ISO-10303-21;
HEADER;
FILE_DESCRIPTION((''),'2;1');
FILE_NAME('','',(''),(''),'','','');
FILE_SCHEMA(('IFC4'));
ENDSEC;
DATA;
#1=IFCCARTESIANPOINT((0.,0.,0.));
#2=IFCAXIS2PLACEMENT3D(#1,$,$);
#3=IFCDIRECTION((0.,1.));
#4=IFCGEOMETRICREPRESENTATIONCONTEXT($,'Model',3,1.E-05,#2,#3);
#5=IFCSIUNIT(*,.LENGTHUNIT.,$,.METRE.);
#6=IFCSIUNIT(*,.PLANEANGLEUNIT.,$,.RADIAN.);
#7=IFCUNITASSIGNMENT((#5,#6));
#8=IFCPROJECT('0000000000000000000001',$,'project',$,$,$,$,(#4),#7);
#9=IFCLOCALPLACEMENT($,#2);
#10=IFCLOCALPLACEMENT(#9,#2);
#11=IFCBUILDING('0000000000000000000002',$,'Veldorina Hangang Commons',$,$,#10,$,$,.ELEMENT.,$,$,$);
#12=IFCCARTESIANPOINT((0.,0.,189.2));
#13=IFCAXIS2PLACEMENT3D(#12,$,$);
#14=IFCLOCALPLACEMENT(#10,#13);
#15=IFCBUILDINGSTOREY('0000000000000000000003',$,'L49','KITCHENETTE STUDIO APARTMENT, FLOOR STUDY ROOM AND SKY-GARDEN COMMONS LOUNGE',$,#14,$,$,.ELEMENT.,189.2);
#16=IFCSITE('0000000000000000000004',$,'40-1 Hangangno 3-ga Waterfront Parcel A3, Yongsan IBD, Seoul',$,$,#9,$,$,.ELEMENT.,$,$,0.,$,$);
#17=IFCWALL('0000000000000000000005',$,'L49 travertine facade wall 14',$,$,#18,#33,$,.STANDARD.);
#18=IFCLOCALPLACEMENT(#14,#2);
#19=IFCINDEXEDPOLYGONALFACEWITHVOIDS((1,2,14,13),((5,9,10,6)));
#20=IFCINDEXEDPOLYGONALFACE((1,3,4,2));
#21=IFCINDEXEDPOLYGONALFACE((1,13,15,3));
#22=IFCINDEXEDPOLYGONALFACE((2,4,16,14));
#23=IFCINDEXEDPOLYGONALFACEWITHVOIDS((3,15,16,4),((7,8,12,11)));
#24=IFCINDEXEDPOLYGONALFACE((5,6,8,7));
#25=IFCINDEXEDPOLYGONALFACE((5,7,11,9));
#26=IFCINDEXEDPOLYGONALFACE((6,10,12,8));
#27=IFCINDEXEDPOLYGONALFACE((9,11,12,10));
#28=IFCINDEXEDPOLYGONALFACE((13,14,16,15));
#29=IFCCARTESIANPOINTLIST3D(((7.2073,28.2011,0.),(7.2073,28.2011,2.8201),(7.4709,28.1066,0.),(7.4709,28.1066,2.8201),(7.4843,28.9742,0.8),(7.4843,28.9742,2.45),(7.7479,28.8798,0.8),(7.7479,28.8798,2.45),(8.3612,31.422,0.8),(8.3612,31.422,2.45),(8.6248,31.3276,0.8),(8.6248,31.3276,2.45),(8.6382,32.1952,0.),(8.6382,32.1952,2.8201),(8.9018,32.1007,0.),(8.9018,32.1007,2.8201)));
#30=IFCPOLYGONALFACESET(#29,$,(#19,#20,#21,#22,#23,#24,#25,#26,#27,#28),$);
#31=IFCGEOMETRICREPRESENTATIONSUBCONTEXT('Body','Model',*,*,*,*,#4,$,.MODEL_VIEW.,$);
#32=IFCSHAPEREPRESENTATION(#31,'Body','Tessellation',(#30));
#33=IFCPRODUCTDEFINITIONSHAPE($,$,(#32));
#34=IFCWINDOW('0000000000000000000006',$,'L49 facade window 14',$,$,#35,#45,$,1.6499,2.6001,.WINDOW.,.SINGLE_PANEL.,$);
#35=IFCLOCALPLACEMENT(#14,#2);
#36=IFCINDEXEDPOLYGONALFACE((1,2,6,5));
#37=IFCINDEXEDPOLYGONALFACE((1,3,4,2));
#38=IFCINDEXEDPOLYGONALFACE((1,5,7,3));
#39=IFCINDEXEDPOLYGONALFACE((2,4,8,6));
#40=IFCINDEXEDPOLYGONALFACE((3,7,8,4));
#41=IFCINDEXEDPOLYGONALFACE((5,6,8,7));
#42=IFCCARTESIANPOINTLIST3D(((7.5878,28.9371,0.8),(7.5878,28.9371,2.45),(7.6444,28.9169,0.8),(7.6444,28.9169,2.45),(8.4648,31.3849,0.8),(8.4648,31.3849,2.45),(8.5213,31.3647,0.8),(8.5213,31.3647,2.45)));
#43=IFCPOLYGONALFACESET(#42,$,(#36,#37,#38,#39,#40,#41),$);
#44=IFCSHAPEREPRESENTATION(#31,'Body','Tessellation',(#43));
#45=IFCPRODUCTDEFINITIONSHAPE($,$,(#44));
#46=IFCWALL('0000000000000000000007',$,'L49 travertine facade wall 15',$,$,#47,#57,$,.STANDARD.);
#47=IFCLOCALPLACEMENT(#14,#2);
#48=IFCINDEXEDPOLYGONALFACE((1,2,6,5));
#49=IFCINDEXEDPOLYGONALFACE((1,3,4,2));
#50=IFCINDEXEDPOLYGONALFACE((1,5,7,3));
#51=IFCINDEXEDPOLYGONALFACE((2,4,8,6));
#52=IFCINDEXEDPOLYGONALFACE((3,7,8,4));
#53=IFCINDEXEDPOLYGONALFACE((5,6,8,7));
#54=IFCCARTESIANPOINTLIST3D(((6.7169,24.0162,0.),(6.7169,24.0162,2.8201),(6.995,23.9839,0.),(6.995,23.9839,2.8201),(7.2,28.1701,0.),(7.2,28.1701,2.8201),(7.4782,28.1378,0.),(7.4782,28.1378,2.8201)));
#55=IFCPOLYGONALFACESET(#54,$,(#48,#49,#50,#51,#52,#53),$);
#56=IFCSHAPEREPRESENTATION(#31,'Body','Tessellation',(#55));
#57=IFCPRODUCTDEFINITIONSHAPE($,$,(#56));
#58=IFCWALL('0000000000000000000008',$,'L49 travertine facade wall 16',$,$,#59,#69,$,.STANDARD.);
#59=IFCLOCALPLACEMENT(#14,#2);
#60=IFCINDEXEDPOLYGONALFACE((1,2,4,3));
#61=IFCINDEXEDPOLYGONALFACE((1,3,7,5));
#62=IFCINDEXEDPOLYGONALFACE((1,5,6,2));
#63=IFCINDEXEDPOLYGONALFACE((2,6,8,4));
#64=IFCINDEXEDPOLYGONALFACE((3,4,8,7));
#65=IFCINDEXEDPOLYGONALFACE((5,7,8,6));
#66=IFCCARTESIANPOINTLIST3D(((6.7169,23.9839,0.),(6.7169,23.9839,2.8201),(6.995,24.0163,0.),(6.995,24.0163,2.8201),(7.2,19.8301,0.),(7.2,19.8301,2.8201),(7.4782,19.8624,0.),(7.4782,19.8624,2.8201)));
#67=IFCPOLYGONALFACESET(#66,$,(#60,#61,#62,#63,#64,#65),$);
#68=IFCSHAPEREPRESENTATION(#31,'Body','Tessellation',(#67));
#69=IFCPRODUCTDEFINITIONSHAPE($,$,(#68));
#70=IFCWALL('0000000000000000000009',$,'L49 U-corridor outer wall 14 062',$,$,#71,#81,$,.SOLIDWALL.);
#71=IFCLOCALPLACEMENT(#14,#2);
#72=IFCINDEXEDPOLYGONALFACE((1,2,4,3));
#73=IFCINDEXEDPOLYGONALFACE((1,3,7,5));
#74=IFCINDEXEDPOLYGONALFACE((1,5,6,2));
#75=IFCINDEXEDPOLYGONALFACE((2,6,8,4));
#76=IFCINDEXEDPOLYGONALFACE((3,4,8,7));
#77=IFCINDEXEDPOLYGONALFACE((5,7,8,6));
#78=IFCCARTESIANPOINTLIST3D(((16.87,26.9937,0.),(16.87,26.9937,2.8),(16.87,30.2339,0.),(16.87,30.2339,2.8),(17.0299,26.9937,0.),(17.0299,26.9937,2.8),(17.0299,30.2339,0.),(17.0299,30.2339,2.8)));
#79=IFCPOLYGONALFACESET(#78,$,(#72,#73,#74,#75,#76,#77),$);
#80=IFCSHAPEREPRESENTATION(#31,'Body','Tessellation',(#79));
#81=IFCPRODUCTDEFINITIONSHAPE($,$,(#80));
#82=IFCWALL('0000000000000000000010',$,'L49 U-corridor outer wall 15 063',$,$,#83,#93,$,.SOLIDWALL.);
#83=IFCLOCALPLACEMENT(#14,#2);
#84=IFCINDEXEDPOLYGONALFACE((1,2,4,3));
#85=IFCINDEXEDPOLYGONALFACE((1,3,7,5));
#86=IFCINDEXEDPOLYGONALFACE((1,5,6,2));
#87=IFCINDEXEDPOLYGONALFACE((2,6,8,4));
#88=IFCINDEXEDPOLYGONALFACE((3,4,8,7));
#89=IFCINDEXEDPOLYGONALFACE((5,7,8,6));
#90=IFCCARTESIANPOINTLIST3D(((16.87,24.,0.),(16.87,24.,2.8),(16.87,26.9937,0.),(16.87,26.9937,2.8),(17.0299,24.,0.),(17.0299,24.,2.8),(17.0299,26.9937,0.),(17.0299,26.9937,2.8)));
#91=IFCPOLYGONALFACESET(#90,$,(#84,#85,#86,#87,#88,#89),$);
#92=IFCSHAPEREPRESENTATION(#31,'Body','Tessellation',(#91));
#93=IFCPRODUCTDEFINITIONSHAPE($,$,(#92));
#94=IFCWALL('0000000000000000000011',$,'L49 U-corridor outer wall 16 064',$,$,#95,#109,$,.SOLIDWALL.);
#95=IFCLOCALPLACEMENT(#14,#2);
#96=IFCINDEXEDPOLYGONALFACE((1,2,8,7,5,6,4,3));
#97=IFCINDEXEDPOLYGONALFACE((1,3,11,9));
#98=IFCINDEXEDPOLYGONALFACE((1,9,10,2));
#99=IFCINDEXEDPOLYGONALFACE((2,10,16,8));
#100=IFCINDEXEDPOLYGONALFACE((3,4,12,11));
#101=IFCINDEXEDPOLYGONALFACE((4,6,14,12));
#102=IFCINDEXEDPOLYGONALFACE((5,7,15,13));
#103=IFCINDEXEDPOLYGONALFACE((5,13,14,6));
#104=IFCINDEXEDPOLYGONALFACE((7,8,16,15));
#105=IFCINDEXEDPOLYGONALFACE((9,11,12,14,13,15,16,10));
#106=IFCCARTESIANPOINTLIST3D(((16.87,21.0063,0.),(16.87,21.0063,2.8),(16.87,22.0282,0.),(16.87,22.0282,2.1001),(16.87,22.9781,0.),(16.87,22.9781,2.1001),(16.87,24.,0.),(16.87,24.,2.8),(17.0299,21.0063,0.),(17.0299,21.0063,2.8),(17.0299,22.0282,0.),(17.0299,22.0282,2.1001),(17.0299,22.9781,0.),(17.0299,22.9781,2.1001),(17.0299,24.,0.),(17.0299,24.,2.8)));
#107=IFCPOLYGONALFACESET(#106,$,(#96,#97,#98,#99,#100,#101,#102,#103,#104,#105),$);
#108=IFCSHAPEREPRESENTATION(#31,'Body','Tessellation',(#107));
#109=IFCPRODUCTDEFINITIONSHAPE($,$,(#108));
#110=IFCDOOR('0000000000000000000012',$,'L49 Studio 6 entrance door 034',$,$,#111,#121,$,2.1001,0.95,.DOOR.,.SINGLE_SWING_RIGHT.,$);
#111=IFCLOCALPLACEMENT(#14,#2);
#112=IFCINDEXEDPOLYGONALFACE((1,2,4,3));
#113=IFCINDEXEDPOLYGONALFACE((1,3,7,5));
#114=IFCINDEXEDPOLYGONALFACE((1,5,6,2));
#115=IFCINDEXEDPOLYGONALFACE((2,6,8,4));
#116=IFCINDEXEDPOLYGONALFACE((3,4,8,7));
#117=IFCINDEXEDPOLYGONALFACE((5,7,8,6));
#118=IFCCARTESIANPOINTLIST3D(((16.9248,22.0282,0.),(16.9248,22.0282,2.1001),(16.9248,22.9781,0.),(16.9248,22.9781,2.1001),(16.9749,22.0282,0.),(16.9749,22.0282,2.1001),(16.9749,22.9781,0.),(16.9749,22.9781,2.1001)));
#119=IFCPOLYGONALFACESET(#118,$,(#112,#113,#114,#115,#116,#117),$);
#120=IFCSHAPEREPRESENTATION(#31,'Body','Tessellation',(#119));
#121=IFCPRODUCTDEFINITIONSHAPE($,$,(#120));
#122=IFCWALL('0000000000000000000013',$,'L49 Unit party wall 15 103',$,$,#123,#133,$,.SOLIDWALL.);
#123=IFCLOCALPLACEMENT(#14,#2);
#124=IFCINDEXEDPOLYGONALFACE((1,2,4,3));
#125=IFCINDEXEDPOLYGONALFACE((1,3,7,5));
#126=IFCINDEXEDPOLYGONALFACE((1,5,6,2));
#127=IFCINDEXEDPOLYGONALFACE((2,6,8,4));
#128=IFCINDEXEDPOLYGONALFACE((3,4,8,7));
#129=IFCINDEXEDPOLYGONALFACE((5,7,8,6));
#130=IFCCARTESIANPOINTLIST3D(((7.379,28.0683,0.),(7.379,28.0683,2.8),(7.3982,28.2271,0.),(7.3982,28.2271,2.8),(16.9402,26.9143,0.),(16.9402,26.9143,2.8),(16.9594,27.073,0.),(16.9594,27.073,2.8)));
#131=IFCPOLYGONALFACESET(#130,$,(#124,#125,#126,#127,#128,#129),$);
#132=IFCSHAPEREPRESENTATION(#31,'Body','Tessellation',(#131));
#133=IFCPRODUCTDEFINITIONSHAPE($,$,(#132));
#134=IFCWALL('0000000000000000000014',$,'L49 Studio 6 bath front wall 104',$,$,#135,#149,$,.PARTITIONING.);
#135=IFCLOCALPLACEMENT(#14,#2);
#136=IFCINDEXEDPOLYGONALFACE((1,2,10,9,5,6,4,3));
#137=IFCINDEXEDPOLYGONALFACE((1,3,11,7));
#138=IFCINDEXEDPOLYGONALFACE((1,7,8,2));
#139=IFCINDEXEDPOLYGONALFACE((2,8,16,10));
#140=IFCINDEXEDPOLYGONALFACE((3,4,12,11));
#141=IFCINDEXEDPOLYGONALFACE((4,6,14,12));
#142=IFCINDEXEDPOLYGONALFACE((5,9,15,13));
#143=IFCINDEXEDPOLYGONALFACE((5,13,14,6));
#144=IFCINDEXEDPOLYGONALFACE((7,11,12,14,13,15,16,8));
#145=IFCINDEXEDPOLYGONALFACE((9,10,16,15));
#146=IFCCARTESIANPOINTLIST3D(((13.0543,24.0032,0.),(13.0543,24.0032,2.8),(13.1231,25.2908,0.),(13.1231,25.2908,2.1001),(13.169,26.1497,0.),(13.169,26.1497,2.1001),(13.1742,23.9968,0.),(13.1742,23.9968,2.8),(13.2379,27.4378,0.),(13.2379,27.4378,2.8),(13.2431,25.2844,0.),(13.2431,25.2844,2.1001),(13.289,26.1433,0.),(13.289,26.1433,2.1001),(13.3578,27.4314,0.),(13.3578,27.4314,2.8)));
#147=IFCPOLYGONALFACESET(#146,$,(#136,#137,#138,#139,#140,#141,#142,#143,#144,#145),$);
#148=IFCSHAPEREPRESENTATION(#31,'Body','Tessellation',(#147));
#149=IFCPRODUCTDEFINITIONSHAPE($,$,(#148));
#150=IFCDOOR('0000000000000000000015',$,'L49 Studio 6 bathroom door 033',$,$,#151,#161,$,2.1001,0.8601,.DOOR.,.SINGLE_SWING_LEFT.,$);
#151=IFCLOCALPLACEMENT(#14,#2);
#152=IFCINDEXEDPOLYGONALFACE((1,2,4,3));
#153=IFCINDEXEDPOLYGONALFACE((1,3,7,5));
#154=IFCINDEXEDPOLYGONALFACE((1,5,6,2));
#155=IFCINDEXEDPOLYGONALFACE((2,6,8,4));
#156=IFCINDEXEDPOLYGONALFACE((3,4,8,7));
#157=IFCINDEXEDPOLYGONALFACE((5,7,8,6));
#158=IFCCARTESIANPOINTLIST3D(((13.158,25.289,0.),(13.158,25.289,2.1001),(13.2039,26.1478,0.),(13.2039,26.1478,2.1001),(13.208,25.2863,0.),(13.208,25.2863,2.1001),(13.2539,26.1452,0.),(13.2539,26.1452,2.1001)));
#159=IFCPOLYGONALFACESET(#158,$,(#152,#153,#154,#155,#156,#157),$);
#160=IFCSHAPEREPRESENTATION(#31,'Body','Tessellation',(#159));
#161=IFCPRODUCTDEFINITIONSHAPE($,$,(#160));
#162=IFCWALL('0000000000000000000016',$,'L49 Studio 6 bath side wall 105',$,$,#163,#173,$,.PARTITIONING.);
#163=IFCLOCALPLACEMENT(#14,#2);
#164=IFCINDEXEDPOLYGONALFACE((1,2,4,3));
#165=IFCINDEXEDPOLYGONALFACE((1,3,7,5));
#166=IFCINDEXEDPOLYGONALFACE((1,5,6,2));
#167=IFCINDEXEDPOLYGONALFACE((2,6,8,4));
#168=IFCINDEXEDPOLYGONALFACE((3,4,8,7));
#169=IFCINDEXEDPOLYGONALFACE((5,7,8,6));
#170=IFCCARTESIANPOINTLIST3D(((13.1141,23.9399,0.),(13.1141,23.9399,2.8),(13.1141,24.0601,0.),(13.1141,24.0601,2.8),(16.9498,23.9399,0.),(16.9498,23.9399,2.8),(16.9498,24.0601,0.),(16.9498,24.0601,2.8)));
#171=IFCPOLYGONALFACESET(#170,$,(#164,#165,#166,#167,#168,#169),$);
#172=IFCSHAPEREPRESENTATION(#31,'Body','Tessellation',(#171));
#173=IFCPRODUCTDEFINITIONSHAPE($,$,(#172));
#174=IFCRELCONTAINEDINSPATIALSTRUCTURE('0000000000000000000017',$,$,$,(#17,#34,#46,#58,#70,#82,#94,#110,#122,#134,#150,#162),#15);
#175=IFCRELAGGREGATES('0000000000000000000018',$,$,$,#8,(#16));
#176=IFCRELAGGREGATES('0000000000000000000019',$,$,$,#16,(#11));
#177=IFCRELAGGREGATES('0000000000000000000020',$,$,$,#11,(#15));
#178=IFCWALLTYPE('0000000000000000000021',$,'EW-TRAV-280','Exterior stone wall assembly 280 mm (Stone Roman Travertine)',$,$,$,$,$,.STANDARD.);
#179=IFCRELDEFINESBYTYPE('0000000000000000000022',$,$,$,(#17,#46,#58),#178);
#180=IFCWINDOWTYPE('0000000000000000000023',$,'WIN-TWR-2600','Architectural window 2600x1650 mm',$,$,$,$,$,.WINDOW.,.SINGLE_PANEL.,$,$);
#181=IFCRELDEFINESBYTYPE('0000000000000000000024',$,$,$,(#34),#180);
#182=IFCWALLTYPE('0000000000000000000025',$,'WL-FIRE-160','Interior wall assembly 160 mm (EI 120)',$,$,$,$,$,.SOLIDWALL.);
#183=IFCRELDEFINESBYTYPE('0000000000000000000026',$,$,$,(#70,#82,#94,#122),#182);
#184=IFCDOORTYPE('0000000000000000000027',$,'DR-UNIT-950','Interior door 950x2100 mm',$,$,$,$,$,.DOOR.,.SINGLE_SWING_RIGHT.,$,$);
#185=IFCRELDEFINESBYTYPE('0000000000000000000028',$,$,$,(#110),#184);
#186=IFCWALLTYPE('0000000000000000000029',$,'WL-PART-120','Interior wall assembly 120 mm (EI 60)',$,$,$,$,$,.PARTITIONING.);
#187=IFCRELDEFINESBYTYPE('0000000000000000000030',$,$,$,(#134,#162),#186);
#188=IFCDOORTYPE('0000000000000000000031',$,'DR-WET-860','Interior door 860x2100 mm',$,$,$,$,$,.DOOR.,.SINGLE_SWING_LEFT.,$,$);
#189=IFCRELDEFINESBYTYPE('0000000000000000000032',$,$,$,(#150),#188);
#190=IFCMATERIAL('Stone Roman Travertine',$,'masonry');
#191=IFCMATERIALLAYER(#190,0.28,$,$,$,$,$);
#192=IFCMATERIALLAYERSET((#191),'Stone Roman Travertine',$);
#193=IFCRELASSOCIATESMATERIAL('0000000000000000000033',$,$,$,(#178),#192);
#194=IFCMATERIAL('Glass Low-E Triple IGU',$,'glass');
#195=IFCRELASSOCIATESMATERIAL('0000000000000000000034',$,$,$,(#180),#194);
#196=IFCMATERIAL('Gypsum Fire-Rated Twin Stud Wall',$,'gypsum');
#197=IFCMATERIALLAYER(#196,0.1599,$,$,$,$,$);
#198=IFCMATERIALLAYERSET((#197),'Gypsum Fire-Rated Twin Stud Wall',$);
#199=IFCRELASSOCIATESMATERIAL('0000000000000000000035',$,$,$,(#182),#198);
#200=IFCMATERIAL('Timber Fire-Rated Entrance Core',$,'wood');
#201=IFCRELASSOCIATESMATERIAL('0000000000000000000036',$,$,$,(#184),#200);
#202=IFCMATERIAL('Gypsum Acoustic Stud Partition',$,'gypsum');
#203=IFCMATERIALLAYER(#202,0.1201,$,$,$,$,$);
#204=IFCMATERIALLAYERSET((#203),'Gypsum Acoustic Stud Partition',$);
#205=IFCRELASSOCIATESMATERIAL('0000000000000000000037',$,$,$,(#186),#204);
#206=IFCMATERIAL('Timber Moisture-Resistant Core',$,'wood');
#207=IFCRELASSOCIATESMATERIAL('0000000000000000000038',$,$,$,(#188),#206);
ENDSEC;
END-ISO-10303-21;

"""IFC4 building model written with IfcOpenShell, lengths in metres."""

from ifc_helpers import new_model, si_unit, direction, frame, frame_2d, origin, place, context, subcontext, project, spatial, rectangle, extrude, material, layer, layer_set, type_object, element, fill, save


model = new_model("IFC4")

# Units and contexts
model_context = context("Model", 3, precision=1e-05, world=origin(), true_north=direction((0.0, 1.0)))
body_context = subcontext(model_context, "Body", "Model", "MODEL_VIEW")
ifc_project = project(units=[si_unit("LENGTHUNIT", "METRE"), si_unit("PLANEANGLEUNIT", "RADIAN")], contexts=[model_context])

# Site, building, storey
site_placement = place(None, origin())
site = spatial("IfcSite", under=ifc_project, at=site_placement, Name="40-1 Hangangno 3-ga Waterfront Parcel A3, Yongsan IBD, Seoul", CompositionType="ELEMENT", RefElevation=0.0)
building_placement = place(site_placement, origin())
building = spatial("IfcBuilding", under=site, at=building_placement, Name="Veldorina Hangang Commons", CompositionType="ELEMENT")
storey_placement = place(building_placement, frame((0.0, 0.0, 189.2)))
storey = spatial("IfcBuildingStorey", under=building, at=storey_placement, Name="L49", Description="KITCHENETTE STUDIO APARTMENT, FLOOR STUDY ROOM AND SKY-GARDEN COMMONS LOUNGE", CompositionType="ELEMENT", Elevation=189.2)

# Wall, opening, window
ifc_material_1 = material(Name="Stone Roman Travertine", Category="masonry")
ifc_layer_1 = layer(ifc_material_1, 0.28)
ifc_layer_set_1 = layer_set([ifc_layer_1], Name="Stone Roman Travertine")
wall_type_1 = type_object("IfcWallType", Name="EW-TRAV-280", Description="Exterior stone wall assembly 280 mm (Stone Roman Travertine)", PredefinedType="STANDARD", material=ifc_layer_set_1)
wall_1_placement = place(storey_placement, frame((8.77, 32.1479, 0.0), z_axis=(0.0, 0.0, 1.0), x_axis=(-0.337262, -0.941411, 0.0)))
wall_1 = element("IfcWall", 1, at=wall_1_placement, inside=storey, type_object=wall_type_1, Name="L49 travertine facade wall 14", PredefinedType="STANDARD", context=body_context, shape_type="SweptSolid", body=[
    extrude(rectangle(XDim=4.2427, YDim=0.28, at=frame_2d((2.1213, 0.0))), origin(), (0.0, 0.0, 1.0), 2.8201),
])
opening_1_placement = place(wall_1_placement, frame((0.8213, 0.0, 0.8)))
opening_1 = element("IfcOpeningElement", 2, at=opening_1_placement, cuts=wall_1, PredefinedType="OPENING", context=body_context, shape_type="SweptSolid", body=[
    extrude(rectangle(XDim=2.6001, YDim=1.6499, at=frame_2d((1.3, 0.825))), frame((0.0, 0.1499, 0.0), z_axis=(0.0, -1.0, 0.0), x_axis=(1.0, 0.0, 0.0)), (0.0, 0.0, 1.0), 0.3),
])
ifc_material_2 = material(Name="Glass Low-E Triple IGU", Category="glass")
window_type = type_object("IfcWindowType", Name="WIN-TWR-2600", Description="Architectural window 2600x1650 mm", PartitioningType="SINGLE_PANEL", PredefinedType="WINDOW", material=ifc_material_2)
window_placement = place(opening_1_placement, origin())
window = element("IfcWindow", 3, at=window_placement, inside=storey, type_object=window_type, Name="L49 facade window 14", OverallHeight=1.6499, OverallWidth=2.6001, PartitioningType="SINGLE_PANEL", PredefinedType="WINDOW", context=body_context, shape_type="SweptSolid", body=[
    extrude(rectangle(XDim=2.6001, YDim=1.6499, at=frame_2d((1.3, 0.825))), frame((0.0, 0.03, 0.0), z_axis=(0.0, -1.0, 0.0), x_axis=(1.0, 0.0, 0.0)), (0.0, 0.0, 1.0), 0.0601),
])
fill(opening_1, window)

# Walls
for number, where, z_axis, x_axis, name in (
    (4, (7.3391, 28.1538, 0.0), (0.0, 0.0, 1.0), (-0.115537, -0.993303, 0.0), "L49 travertine facade wall 15"),
    (5, (6.856, 24.0, 0.0), (0.0, 0.0, 1.0), (0.115537, -0.993303, 0.0), "L49 travertine facade wall 16"),
):
    element("IfcWall", number, at=place(storey_placement, frame(where, z_axis=z_axis, x_axis=x_axis)), inside=storey, type_object=wall_type_1, Name=name, PredefinedType="STANDARD", context=body_context, shape_type="SweptSolid", body=[
        extrude(rectangle(XDim=4.1819, YDim=0.28, at=frame_2d((2.0908, 0.0))), origin(), (0.0, 0.0, 1.0), 2.8201),
    ])
ifc_material_3 = material(Name="Gypsum Fire-Rated Twin Stud Wall", Category="gypsum")
ifc_layer_2 = layer(ifc_material_3, 0.1599)
ifc_layer_set_2 = layer_set([ifc_layer_2], Name="Gypsum Fire-Rated Twin Stud Wall")
wall_type_2 = type_object("IfcWallType", Name="WL-FIRE-160", Description="Interior wall assembly 160 mm (EI 120)", PredefinedType="SOLIDWALL", material=ifc_layer_set_2)
wall_2_placement = place(storey_placement, frame((16.95, 30.2339, 0.0), z_axis=(0.0, 0.0, 1.0), x_axis=(0.0, -1.0, 0.0)))
element("IfcWall", 6, at=wall_2_placement, inside=storey, type_object=wall_type_2, Name="L49 U-corridor outer wall 14 062", PredefinedType="SOLIDWALL", context=body_context, shape_type="SweptSolid", body=[
    extrude(rectangle(XDim=3.2402, YDim=0.1599, at=frame_2d((1.6201, 0.0))), origin(), (0.0, 0.0, 1.0), 2.8),
])
wall_3_placement = place(storey_placement, frame((16.95, 26.9937, 0.0), z_axis=(0.0, 0.0, 1.0), x_axis=(0.0, -1.0, 0.0)))
element("IfcWall", 7, at=wall_3_placement, inside=storey, type_object=wall_type_2, Name="L49 U-corridor outer wall 15 063", PredefinedType="SOLIDWALL", context=body_context, shape_type="SweptSolid", body=[
    extrude(rectangle(XDim=2.9937, YDim=0.1599, at=frame_2d((1.4968, 0.0))), origin(), (0.0, 0.0, 1.0), 2.8),
])

# Wall, opening, door
wall_4_placement = place(storey_placement, frame((16.95, 24.0, 0.0), z_axis=(0.0, 0.0, 1.0), x_axis=(0.0, -1.0, 0.0)))
wall_4 = element("IfcWall", 8, at=wall_4_placement, inside=storey, type_object=wall_type_2, Name="L49 U-corridor outer wall 16 064", PredefinedType="SOLIDWALL", context=body_context, shape_type="SweptSolid", body=[
    extrude(rectangle(XDim=2.9937, YDim=0.1599, at=frame_2d((1.4968, 0.0))), origin(), (0.0, 0.0, 1.0), 2.8),
])
opening_2_placement = place(wall_4_placement, frame((1.0217, 0.0, 0.0)))
opening_2 = element("IfcOpeningElement", 9, at=opening_2_placement, cuts=wall_4, PredefinedType="OPENING", context=body_context, shape_type="SweptSolid", body=[
    extrude(rectangle(XDim=0.95, YDim=2.1001, at=frame_2d((0.4751, 1.05))), frame((0.0, 0.0898, 0.0), z_axis=(0.0, -1.0, 0.0), x_axis=(1.0, 0.0, 0.0)), (0.0, 0.0, 1.0), 0.1799),
])
ifc_material_4 = material(Name="Timber Fire-Rated Entrance Core", Category="wood")
door_type_1 = type_object("IfcDoorType", Name="DR-UNIT-950", Description="Interior door 950x2100 mm", OperationType="SINGLE_SWING_RIGHT", PredefinedType="DOOR", material=ifc_material_4)
door_1_placement = place(opening_2_placement, origin())
door_1 = element("IfcDoor", 10, at=door_1_placement, inside=storey, type_object=door_type_1, Name="L49 Studio 6 entrance door 034", OperationType="SINGLE_SWING_RIGHT", OverallHeight=2.1001, OverallWidth=0.95, PredefinedType="DOOR", context=body_context, shape_type="SweptSolid", body=[
    extrude(rectangle(XDim=0.95, YDim=2.1001, at=frame_2d((0.4751, 1.05))), frame((0.0, 0.0249, 0.0), z_axis=(0.0, -1.0, 0.0), x_axis=(1.0, 0.0, 0.0)), (0.0, 0.0, 1.0), 0.05),
])
fill(opening_2, door_1)

# Wall
wall_5_placement = place(storey_placement, frame((16.95, 26.9937, 0.0), z_axis=(0.0, 0.0, 1.0), x_axis=(-0.992794, 0.119831, 0.0)))
element("IfcWall", 11, at=wall_5_placement, inside=storey, type_object=wall_type_2, Name="L49 Unit party wall 15 103", PredefinedType="SOLIDWALL", context=body_context, shape_type="SweptSolid", body=[
    extrude(rectangle(XDim=9.6306, YDim=0.1599, at=frame_2d((4.8154, 0.0))), origin(), (0.0, 0.0, 1.0), 2.8),
])

# Wall, opening, door
ifc_material_5 = material(Name="Gypsum Acoustic Stud Partition", Category="gypsum")
ifc_layer_3 = layer(ifc_material_5, 0.1201)
ifc_layer_set_3 = layer_set([ifc_layer_3], Name="Gypsum Acoustic Stud Partition")
wall_type_3 = type_object("IfcWallType", Name="WL-PART-120", Description="Interior wall assembly 120 mm (EI 60)", PredefinedType="PARTITIONING", material=ifc_layer_set_3)
wall_6_placement = place(storey_placement, frame((13.2979, 27.4346, 0.0), z_axis=(0.0, 0.0, 1.0), x_axis=(-0.053378, -0.998574, 0.0)))
wall_6 = element("IfcWall", 12, at=wall_6_placement, inside=storey, type_object=wall_type_3, Name="L49 Studio 6 bath front wall 104", PredefinedType="PARTITIONING", context=body_context, shape_type="SweptSolid", body=[
    extrude(rectangle(XDim=3.4395, YDim=0.1201, at=frame_2d((1.7197, 0.0))), origin(), (0.0, 0.0, 1.0), 2.8),
])
opening_3_placement = place(wall_6_placement, frame((1.2898, 0.0, 0.0)))
opening_3 = element("IfcOpeningElement", 13, at=opening_3_placement, cuts=wall_6, PredefinedType="OPENING", context=body_context, shape_type="SweptSolid", body=[
    extrude(rectangle(XDim=0.8601, YDim=2.1001, at=frame_2d((0.4302, 1.05))), frame((0.0, 0.0701, 0.0), z_axis=(0.0, -1.0, 0.0), x_axis=(1.0, 0.0, 0.0)), (0.0, 0.0, 1.0), 0.1401),
])
ifc_material_6 = material(Name="Timber Moisture-Resistant Core", Category="wood")
door_type_2 = type_object("IfcDoorType", Name="DR-WET-860", Description="Interior door 860x2100 mm", OperationType="SINGLE_SWING_LEFT", PredefinedType="DOOR", material=ifc_material_6)
door_2_placement = place(opening_3_placement, origin())
door_2 = element("IfcDoor", 14, at=door_2_placement, inside=storey, type_object=door_type_2, Name="L49 Studio 6 bathroom door 033", OperationType="SINGLE_SWING_LEFT", OverallHeight=2.1001, OverallWidth=0.8601, PredefinedType="DOOR", context=body_context, shape_type="SweptSolid", body=[
    extrude(rectangle(XDim=0.8601, YDim=2.1001, at=frame_2d((0.4302, 1.05))), frame((0.0, 0.0249, 0.0), z_axis=(0.0, -1.0, 0.0), x_axis=(1.0, 0.0, 0.0)), (0.0, 0.0, 1.0), 0.05),
])
fill(opening_3, door_2)

# Wall
wall_7_placement = place(storey_placement, frame((16.95, 24.0, 0.0), z_axis=(0.0, 0.0, 1.0), x_axis=(-1.0, 0.0, 0.0)))
element("IfcWall", 15, at=wall_7_placement, inside=storey, type_object=wall_type_3, Name="L49 Studio 6 bath side wall 105", PredefinedType="PARTITIONING", context=body_context, shape_type="SweptSolid", body=[
    extrude(rectangle(XDim=3.8357, YDim=0.1201, at=frame_2d((1.918, 0.0))), origin(), (0.0, 0.0, 1.0), 2.8),
])

save(model, "model.ifc")
